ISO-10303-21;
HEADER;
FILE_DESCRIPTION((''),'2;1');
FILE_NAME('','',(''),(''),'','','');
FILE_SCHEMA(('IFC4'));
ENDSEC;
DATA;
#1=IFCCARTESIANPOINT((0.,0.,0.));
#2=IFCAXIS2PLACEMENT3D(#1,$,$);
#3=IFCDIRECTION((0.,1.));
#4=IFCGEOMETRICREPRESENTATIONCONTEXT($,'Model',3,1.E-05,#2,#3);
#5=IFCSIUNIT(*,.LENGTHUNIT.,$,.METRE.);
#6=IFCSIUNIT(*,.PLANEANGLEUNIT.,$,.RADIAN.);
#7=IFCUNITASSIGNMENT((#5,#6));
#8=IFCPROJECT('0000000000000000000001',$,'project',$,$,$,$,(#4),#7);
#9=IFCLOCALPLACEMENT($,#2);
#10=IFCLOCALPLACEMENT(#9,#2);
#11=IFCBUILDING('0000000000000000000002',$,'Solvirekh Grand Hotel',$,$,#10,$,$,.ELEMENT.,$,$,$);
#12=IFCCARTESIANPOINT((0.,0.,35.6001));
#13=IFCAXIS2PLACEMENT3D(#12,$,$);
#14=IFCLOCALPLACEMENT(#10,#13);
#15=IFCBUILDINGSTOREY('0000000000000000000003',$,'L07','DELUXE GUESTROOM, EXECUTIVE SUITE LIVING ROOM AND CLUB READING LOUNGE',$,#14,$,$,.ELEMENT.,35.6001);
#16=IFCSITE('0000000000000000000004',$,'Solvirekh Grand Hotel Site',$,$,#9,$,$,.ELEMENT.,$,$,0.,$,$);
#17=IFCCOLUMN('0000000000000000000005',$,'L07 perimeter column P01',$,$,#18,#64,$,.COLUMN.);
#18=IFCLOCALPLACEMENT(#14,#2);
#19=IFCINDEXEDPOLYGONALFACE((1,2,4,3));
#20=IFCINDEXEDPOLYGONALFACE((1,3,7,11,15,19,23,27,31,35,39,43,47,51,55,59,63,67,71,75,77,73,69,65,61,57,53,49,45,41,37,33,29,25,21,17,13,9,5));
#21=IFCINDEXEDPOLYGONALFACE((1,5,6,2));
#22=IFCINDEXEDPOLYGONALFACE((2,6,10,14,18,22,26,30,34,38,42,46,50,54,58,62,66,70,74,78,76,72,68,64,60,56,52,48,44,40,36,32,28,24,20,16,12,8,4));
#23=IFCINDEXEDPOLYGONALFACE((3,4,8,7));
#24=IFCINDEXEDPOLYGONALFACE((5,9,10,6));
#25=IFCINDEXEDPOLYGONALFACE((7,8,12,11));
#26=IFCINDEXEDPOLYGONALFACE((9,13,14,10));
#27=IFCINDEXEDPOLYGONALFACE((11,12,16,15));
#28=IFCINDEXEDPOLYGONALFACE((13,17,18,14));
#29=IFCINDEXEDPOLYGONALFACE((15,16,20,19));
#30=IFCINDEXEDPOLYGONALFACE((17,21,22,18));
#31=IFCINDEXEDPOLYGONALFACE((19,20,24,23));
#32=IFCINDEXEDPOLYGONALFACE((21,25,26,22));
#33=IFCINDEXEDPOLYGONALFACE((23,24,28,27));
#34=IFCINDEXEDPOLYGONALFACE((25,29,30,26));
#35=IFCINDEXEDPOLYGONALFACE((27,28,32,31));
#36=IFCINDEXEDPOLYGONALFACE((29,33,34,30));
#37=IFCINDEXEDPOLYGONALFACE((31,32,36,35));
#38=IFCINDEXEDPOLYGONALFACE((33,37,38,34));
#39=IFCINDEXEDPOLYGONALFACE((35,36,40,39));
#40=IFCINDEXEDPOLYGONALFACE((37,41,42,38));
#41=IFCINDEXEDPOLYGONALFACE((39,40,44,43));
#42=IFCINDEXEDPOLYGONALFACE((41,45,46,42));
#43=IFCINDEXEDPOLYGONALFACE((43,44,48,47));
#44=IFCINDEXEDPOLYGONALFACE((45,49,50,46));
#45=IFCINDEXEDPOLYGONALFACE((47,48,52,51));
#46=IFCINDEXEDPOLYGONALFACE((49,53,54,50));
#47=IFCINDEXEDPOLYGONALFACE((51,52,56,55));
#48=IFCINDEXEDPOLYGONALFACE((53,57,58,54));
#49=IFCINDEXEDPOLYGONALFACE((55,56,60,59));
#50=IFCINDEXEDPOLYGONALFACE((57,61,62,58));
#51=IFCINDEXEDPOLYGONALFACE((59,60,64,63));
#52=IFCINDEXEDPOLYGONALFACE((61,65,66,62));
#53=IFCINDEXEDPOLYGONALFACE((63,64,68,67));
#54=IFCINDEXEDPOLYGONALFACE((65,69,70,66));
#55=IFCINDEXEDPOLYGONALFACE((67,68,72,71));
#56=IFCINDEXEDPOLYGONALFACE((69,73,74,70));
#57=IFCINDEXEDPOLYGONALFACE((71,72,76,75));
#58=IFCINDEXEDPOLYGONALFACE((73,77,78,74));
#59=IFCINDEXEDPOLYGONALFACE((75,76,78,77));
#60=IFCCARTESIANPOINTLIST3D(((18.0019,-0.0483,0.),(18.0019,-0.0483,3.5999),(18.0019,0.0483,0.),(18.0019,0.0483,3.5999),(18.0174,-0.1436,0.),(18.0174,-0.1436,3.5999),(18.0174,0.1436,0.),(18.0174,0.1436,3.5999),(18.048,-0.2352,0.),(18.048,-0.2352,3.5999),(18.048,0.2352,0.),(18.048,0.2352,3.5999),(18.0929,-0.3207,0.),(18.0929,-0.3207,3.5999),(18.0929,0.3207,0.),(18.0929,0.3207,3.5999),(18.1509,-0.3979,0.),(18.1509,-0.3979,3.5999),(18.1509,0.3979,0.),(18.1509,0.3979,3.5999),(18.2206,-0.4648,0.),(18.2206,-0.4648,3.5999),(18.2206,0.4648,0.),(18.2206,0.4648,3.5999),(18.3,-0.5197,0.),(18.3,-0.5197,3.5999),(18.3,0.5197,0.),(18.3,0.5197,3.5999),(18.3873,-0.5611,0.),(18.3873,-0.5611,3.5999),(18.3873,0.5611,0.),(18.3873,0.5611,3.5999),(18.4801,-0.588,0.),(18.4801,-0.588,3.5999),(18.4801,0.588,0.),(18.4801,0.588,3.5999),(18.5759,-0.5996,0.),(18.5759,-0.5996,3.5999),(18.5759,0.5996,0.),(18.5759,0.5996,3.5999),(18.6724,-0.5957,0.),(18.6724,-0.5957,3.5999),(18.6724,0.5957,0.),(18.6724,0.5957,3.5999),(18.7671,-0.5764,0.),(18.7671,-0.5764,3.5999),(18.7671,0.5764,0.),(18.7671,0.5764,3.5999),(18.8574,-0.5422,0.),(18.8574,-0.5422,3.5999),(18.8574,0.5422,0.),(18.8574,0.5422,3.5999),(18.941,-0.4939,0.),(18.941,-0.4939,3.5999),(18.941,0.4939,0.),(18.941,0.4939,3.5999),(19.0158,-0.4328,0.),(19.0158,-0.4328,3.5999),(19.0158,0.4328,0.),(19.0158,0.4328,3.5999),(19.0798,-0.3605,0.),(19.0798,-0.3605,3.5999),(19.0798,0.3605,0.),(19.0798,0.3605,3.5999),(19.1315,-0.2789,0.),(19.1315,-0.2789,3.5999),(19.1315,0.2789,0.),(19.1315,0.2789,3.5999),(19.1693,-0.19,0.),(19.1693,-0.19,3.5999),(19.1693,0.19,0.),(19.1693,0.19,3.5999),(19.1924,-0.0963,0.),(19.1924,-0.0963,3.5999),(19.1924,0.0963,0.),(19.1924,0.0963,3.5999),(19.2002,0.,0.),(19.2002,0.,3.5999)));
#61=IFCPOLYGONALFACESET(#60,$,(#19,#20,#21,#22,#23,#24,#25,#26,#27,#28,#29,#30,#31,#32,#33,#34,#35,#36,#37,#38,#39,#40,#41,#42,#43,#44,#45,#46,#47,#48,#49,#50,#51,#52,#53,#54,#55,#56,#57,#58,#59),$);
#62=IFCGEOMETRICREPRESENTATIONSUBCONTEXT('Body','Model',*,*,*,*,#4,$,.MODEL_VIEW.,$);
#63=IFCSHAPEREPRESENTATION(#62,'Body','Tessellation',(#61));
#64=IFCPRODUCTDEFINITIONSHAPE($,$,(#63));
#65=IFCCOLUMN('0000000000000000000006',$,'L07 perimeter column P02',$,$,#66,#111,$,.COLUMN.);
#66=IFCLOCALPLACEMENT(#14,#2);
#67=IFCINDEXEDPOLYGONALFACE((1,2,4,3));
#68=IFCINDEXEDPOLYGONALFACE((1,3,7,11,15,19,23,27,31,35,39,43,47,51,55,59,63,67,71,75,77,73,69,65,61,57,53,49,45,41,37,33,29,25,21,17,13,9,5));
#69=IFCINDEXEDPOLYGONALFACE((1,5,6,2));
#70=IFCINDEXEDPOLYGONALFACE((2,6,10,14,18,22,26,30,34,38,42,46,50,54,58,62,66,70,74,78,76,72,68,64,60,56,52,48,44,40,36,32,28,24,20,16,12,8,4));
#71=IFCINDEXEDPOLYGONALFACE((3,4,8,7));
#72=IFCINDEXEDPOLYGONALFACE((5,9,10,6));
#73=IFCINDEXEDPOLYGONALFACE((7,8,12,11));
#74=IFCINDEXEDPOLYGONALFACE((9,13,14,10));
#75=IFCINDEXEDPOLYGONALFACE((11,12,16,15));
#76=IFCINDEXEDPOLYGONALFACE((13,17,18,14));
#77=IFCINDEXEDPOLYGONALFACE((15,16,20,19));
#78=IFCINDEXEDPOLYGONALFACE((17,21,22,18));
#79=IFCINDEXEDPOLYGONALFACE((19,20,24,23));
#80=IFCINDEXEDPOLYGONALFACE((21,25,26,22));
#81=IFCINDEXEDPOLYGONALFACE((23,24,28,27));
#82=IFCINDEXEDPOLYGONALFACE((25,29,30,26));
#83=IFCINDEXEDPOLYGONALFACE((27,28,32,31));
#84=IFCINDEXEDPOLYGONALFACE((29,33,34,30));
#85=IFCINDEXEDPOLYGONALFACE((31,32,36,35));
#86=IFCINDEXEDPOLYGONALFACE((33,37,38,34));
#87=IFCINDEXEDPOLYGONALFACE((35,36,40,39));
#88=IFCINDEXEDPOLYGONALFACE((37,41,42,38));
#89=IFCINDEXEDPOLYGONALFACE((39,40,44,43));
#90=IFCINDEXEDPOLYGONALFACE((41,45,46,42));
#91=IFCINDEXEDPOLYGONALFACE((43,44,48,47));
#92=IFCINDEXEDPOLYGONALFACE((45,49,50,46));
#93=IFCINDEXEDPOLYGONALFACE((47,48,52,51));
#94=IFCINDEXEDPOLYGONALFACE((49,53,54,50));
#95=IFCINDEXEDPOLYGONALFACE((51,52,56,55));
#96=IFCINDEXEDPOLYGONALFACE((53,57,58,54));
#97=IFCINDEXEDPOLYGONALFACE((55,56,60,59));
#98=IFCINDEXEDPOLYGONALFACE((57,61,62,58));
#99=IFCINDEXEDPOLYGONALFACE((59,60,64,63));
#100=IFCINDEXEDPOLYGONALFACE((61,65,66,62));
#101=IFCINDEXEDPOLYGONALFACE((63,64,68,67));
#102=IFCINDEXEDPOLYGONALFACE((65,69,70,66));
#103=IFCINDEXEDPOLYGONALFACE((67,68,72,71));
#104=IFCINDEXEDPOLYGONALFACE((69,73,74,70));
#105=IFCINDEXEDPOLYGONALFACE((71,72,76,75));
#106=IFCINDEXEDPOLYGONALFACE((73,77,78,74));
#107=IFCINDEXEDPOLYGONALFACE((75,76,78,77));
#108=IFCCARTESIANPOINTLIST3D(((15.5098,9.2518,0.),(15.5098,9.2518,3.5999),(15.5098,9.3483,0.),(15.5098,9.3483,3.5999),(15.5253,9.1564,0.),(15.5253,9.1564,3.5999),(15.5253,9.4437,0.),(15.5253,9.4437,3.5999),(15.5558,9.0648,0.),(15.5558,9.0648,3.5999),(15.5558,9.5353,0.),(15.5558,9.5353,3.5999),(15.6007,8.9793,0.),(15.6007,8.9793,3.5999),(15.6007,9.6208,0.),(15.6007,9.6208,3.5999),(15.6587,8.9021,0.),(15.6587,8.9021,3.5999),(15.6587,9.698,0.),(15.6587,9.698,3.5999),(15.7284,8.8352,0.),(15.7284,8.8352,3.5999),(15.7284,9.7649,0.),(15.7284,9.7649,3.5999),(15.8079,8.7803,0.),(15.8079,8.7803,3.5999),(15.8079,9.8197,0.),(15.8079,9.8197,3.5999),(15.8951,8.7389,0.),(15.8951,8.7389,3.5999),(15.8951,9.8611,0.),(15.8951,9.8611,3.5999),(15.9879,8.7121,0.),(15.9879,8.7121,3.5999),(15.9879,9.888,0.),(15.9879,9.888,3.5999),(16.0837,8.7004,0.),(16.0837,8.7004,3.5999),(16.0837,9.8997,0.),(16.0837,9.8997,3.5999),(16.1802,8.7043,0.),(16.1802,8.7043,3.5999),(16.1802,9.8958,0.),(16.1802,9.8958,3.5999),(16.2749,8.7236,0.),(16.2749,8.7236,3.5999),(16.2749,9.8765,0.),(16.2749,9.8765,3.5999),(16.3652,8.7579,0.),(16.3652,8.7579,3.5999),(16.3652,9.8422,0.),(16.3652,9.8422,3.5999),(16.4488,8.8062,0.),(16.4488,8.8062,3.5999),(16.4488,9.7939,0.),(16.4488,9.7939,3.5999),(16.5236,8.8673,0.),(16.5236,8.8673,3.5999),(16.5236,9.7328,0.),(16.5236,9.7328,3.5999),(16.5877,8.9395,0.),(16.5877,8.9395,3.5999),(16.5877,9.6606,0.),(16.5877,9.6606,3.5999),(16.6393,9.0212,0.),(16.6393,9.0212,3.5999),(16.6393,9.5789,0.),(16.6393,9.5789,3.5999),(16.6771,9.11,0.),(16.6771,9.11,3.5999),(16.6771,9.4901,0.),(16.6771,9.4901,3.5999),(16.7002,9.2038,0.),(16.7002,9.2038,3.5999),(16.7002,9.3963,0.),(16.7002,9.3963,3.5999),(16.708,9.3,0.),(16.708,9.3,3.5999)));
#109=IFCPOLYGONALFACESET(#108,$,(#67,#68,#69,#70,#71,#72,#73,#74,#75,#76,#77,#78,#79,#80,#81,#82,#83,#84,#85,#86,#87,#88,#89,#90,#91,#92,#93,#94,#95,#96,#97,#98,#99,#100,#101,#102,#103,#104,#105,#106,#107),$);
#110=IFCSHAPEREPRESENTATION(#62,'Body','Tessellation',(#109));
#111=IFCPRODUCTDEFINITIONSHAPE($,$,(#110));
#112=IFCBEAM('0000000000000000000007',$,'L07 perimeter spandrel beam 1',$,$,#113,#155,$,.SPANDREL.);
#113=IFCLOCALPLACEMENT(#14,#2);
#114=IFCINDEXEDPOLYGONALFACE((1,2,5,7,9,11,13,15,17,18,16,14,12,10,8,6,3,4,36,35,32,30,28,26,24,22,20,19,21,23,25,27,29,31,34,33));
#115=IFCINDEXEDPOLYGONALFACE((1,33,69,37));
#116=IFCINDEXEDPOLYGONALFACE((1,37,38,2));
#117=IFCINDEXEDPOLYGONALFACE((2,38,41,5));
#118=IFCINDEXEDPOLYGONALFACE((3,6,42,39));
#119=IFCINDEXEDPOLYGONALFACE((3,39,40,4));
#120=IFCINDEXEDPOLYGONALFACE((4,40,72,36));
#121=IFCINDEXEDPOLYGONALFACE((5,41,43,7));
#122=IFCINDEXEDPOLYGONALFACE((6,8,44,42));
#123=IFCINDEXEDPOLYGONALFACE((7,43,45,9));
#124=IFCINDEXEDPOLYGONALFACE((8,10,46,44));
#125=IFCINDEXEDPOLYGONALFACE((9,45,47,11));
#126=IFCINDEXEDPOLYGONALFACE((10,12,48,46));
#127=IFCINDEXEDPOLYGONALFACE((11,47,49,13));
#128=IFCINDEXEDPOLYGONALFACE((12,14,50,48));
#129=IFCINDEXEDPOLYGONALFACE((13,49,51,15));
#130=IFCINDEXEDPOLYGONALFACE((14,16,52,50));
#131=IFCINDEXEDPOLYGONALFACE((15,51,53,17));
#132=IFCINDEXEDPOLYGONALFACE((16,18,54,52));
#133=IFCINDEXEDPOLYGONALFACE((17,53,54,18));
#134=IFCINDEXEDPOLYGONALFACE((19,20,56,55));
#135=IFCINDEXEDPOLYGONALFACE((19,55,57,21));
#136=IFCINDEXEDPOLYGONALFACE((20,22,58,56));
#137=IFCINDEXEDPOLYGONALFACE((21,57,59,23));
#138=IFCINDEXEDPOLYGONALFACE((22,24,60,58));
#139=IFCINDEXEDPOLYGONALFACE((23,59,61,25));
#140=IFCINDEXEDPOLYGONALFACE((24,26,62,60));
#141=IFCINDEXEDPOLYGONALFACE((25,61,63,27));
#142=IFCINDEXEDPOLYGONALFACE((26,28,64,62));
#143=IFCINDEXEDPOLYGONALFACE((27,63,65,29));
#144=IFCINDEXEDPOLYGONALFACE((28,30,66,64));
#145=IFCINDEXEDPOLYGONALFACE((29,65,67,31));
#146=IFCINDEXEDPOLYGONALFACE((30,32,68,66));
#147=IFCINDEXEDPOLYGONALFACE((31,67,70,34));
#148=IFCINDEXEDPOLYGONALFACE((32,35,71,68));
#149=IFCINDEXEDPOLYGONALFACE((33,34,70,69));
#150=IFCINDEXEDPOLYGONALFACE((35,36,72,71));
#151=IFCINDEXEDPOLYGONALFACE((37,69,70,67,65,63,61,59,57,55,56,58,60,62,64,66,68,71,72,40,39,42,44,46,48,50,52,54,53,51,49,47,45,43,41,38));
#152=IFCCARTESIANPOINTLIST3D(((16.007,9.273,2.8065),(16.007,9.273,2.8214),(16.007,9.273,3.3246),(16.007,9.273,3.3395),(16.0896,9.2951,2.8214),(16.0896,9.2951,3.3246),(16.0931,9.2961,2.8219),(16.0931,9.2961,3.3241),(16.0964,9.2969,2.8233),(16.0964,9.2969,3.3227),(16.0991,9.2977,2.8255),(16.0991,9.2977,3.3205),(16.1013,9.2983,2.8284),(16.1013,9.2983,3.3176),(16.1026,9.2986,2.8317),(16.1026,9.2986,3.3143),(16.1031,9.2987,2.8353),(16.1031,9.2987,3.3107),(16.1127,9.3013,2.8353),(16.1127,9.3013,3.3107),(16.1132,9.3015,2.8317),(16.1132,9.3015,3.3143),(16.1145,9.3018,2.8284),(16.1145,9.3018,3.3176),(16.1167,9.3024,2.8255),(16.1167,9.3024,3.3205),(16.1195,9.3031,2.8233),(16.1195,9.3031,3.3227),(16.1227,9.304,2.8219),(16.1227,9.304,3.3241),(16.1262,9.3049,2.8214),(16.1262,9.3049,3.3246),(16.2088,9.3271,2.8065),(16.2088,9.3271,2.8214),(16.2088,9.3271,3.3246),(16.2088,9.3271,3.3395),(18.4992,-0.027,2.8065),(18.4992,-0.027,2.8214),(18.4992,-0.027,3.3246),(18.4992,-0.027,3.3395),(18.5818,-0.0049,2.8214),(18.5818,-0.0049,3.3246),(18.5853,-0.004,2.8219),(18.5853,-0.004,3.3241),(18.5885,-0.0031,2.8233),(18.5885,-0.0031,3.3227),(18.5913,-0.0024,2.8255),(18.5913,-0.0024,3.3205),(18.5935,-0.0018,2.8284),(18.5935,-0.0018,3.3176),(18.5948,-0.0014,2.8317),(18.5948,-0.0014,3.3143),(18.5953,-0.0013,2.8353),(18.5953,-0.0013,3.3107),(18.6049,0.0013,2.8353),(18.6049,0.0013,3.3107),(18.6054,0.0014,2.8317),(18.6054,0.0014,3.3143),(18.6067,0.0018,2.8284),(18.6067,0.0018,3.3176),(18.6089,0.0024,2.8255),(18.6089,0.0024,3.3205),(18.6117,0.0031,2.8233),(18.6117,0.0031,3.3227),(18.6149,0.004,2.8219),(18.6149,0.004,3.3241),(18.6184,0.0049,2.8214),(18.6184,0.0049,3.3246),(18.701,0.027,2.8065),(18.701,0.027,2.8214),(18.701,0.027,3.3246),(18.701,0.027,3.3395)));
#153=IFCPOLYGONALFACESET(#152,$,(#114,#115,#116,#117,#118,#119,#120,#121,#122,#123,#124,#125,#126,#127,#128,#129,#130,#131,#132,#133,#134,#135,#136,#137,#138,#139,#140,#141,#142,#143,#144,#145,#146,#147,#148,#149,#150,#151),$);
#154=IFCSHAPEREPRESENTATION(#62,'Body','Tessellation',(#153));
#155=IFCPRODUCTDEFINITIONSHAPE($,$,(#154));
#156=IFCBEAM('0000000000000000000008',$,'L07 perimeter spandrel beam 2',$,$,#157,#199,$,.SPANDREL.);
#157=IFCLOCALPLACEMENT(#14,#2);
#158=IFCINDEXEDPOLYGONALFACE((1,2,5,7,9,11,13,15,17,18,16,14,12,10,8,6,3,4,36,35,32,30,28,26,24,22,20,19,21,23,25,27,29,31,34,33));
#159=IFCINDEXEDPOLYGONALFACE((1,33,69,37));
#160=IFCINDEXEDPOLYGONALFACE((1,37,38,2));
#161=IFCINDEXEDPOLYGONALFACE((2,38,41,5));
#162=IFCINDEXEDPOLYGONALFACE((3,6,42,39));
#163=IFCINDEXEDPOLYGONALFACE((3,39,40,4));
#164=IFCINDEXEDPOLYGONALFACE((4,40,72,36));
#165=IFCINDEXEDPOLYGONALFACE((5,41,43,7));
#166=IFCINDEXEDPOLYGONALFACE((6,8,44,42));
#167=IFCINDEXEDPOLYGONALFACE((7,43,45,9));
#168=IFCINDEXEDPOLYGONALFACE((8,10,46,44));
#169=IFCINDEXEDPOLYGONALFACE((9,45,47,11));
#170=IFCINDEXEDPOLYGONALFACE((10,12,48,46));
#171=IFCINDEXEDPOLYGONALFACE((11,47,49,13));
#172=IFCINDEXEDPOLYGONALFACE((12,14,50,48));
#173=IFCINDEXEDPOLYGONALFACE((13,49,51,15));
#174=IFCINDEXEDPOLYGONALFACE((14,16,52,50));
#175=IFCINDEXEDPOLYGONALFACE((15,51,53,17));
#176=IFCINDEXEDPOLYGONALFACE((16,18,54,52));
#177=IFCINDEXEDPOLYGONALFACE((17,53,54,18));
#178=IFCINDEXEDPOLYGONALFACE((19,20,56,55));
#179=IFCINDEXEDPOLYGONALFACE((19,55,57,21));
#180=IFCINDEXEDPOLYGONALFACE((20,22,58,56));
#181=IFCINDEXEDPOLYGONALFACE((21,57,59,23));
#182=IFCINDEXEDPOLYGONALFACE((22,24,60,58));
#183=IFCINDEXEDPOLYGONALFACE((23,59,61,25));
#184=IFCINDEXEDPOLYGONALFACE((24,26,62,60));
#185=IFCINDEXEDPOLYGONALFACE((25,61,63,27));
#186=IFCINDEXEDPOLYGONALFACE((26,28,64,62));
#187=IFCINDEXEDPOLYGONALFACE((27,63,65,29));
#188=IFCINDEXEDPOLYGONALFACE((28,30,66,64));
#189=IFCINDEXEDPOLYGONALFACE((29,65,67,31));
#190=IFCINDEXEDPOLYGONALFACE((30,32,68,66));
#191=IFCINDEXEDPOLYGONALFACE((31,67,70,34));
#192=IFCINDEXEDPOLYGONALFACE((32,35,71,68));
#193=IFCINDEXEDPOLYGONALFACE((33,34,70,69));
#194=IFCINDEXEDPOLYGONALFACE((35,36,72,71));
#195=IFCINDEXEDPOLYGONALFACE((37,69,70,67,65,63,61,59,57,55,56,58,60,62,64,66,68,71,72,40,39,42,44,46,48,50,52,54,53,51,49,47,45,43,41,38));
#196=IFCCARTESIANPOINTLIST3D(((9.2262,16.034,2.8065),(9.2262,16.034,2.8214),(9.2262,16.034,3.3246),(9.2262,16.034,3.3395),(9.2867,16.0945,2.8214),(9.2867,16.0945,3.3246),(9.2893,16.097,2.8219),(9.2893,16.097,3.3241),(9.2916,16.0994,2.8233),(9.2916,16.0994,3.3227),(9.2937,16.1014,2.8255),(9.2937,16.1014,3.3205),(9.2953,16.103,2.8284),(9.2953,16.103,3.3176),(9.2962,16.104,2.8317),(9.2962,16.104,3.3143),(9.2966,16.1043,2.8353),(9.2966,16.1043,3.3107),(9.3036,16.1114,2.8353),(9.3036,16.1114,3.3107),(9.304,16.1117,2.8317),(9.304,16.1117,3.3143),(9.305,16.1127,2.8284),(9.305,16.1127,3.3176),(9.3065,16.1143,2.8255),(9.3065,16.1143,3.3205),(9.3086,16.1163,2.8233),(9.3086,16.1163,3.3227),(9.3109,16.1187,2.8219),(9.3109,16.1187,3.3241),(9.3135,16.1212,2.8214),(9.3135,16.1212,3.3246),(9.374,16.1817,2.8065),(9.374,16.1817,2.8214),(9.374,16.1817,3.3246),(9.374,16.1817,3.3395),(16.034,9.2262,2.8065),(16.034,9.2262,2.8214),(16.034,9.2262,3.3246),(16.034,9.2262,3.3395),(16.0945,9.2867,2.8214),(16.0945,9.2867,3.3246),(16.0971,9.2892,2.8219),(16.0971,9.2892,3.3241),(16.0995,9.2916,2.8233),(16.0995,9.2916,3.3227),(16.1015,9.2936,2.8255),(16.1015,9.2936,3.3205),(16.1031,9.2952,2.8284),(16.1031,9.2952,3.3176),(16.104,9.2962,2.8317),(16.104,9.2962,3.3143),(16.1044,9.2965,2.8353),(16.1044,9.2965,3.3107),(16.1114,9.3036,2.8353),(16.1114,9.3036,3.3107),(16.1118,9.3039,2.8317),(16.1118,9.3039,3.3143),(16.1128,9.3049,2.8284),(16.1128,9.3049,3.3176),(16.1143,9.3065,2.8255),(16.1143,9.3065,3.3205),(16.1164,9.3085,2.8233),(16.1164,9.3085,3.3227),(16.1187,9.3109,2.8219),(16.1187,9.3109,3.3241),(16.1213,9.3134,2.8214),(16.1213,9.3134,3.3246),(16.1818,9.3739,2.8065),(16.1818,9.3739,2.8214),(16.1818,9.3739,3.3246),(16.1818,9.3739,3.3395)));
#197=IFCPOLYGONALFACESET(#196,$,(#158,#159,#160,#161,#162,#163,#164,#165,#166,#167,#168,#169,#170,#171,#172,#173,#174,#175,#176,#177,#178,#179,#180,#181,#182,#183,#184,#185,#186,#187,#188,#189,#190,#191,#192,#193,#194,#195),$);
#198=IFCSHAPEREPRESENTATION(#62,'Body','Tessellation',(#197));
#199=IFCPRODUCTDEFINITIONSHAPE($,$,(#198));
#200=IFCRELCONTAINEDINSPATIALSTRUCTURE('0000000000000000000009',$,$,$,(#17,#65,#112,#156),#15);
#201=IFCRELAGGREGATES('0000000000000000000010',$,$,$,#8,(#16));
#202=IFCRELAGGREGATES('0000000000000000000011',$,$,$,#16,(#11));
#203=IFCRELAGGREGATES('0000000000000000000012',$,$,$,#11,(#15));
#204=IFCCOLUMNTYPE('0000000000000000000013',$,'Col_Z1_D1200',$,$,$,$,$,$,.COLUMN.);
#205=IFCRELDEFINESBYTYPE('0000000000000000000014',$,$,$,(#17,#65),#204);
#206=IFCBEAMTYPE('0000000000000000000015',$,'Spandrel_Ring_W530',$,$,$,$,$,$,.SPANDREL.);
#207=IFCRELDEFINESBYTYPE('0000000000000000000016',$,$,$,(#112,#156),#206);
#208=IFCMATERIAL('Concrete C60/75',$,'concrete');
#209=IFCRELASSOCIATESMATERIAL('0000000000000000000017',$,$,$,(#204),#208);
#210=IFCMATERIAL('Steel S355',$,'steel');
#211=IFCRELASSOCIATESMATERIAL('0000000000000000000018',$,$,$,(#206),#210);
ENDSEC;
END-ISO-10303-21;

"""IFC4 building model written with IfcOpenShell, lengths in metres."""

from ifc_helpers import new_model, si_unit, direction, frame, origin, origin_2d, place, context, subcontext, project, spatial, circle, i_section, extrude, material, material_profile, profile_set, type_object, element, save


model = new_model("IFC4")

# Units and contexts
model_context = context("Model", 3, precision=1e-05, world=origin(), true_north=direction((0.0, 1.0)))
body_context = subcontext(model_context, "Body", "Model", "MODEL_VIEW")
ifc_project = project(units=[si_unit("LENGTHUNIT", "METRE"), si_unit("PLANEANGLEUNIT", "RADIAN")], contexts=[model_context])

# Site, building, storey
site_placement = place(None, origin())
site = spatial("IfcSite", under=ifc_project, at=site_placement, Name="Solvirekh Grand Hotel Site", CompositionType="ELEMENT", RefElevation=0.0)
building_placement = place(site_placement, origin())
building = spatial("IfcBuilding", under=site, at=building_placement, Name="Solvirekh Grand Hotel", CompositionType="ELEMENT")
storey_placement = place(building_placement, frame((0.0, 0.0, 35.6001)))
storey = spatial("IfcBuildingStorey", under=building, at=storey_placement, Name="L07", Description="DELUXE GUESTROOM, EXECUTIVE SUITE LIVING ROOM AND CLUB READING LOUNGE", CompositionType="ELEMENT", Elevation=35.6001)

# Columns
ifc_material_1 = material(Name="Concrete C60/75", Category="concrete")
ifc_material_profile_1 = material_profile(ifc_material_1, circle(Radius=0.6001, at=origin_2d()), Name="RC CIRC D1200")
ifc_profile_set_1 = profile_set([ifc_material_profile_1], Name="Concrete C60/75")
column_type = type_object("IfcColumnType", Name="Col_Z1_D1200", PredefinedType="COLUMN", material=ifc_profile_set_1)
for number, where, z_axis, x_axis, name in (
    (1, (18.6001, 0.0, 0.0), (0.0, 0.0, 1.0), (1.0, 0.0, 0.0), "L07 perimeter column P01"),
    (2, (16.1079, 9.3, 0.0), (0.0, 0.0, 1.0), (1.0, 0.0, 0.0), "L07 perimeter column P02"),
):
    element("IfcColumn", number, at=place(storey_placement, frame(where, z_axis=z_axis, x_axis=x_axis)), inside=storey, type_object=column_type, Name=name, PredefinedType="COLUMN", context=body_context, shape_type="SweptSolid", body=[
        extrude(circle(Radius=0.6001, at=origin_2d()), origin(), (0.0, 0.0, 1.0), 3.5999),
    ])

# Beams
ifc_material_2 = material(Name="Steel S355", Category="steel")
ifc_material_profile_2 = material_profile(ifc_material_2, i_section(OverallWidth=0.209, OverallDepth=0.533, WebThickness=0.01, FlangeThickness=0.0149, FilletRadius=0.0139, at=origin_2d()), Name="W530X92")
ifc_profile_set_2 = profile_set([ifc_material_profile_2], Name="Steel S355")
beam_type = type_object("IfcBeamType", Name="Spandrel_Ring_W530", PredefinedType="SPANDREL", material=ifc_profile_set_2)
beam_1_placement = place(storey_placement, frame((18.6001, 0.0, 3.073), z_axis=(-0.258843, 0.965919, 0.0), x_axis=(-0.965919, -0.258843, 0.0)))
element("IfcBeam", 3, at=beam_1_placement, inside=storey, type_object=beam_type, Name="L07 perimeter spandrel beam 1", PredefinedType="SPANDREL", context=body_context, shape_type="SweptSolid", body=[
    extrude(i_section(OverallWidth=0.209, OverallDepth=0.533, WebThickness=0.01, FlangeThickness=0.0149, FilletRadius=0.0139, at=origin_2d()), origin(), (0.0, 0.0, 1.0), 9.6282),
])
beam_2_placement = place(storey_placement, frame((16.1079, 9.3, 3.073), z_axis=(-0.707107, 0.707107, 0.0), x_axis=(-0.707107, -0.707107, 0.0)))
element("IfcBeam", 4, at=beam_2_placement, inside=storey, type_object=beam_type, Name="L07 perimeter spandrel beam 2", PredefinedType="SPANDREL", context=body_context, shape_type="SweptSolid", body=[
    extrude(i_section(OverallWidth=0.209, OverallDepth=0.533, WebThickness=0.01, FlangeThickness=0.0149, FilletRadius=0.0139, at=origin_2d()), origin(), (0.0, 0.0, 1.0), 9.6277),
])

save(model, "model.ifc")
